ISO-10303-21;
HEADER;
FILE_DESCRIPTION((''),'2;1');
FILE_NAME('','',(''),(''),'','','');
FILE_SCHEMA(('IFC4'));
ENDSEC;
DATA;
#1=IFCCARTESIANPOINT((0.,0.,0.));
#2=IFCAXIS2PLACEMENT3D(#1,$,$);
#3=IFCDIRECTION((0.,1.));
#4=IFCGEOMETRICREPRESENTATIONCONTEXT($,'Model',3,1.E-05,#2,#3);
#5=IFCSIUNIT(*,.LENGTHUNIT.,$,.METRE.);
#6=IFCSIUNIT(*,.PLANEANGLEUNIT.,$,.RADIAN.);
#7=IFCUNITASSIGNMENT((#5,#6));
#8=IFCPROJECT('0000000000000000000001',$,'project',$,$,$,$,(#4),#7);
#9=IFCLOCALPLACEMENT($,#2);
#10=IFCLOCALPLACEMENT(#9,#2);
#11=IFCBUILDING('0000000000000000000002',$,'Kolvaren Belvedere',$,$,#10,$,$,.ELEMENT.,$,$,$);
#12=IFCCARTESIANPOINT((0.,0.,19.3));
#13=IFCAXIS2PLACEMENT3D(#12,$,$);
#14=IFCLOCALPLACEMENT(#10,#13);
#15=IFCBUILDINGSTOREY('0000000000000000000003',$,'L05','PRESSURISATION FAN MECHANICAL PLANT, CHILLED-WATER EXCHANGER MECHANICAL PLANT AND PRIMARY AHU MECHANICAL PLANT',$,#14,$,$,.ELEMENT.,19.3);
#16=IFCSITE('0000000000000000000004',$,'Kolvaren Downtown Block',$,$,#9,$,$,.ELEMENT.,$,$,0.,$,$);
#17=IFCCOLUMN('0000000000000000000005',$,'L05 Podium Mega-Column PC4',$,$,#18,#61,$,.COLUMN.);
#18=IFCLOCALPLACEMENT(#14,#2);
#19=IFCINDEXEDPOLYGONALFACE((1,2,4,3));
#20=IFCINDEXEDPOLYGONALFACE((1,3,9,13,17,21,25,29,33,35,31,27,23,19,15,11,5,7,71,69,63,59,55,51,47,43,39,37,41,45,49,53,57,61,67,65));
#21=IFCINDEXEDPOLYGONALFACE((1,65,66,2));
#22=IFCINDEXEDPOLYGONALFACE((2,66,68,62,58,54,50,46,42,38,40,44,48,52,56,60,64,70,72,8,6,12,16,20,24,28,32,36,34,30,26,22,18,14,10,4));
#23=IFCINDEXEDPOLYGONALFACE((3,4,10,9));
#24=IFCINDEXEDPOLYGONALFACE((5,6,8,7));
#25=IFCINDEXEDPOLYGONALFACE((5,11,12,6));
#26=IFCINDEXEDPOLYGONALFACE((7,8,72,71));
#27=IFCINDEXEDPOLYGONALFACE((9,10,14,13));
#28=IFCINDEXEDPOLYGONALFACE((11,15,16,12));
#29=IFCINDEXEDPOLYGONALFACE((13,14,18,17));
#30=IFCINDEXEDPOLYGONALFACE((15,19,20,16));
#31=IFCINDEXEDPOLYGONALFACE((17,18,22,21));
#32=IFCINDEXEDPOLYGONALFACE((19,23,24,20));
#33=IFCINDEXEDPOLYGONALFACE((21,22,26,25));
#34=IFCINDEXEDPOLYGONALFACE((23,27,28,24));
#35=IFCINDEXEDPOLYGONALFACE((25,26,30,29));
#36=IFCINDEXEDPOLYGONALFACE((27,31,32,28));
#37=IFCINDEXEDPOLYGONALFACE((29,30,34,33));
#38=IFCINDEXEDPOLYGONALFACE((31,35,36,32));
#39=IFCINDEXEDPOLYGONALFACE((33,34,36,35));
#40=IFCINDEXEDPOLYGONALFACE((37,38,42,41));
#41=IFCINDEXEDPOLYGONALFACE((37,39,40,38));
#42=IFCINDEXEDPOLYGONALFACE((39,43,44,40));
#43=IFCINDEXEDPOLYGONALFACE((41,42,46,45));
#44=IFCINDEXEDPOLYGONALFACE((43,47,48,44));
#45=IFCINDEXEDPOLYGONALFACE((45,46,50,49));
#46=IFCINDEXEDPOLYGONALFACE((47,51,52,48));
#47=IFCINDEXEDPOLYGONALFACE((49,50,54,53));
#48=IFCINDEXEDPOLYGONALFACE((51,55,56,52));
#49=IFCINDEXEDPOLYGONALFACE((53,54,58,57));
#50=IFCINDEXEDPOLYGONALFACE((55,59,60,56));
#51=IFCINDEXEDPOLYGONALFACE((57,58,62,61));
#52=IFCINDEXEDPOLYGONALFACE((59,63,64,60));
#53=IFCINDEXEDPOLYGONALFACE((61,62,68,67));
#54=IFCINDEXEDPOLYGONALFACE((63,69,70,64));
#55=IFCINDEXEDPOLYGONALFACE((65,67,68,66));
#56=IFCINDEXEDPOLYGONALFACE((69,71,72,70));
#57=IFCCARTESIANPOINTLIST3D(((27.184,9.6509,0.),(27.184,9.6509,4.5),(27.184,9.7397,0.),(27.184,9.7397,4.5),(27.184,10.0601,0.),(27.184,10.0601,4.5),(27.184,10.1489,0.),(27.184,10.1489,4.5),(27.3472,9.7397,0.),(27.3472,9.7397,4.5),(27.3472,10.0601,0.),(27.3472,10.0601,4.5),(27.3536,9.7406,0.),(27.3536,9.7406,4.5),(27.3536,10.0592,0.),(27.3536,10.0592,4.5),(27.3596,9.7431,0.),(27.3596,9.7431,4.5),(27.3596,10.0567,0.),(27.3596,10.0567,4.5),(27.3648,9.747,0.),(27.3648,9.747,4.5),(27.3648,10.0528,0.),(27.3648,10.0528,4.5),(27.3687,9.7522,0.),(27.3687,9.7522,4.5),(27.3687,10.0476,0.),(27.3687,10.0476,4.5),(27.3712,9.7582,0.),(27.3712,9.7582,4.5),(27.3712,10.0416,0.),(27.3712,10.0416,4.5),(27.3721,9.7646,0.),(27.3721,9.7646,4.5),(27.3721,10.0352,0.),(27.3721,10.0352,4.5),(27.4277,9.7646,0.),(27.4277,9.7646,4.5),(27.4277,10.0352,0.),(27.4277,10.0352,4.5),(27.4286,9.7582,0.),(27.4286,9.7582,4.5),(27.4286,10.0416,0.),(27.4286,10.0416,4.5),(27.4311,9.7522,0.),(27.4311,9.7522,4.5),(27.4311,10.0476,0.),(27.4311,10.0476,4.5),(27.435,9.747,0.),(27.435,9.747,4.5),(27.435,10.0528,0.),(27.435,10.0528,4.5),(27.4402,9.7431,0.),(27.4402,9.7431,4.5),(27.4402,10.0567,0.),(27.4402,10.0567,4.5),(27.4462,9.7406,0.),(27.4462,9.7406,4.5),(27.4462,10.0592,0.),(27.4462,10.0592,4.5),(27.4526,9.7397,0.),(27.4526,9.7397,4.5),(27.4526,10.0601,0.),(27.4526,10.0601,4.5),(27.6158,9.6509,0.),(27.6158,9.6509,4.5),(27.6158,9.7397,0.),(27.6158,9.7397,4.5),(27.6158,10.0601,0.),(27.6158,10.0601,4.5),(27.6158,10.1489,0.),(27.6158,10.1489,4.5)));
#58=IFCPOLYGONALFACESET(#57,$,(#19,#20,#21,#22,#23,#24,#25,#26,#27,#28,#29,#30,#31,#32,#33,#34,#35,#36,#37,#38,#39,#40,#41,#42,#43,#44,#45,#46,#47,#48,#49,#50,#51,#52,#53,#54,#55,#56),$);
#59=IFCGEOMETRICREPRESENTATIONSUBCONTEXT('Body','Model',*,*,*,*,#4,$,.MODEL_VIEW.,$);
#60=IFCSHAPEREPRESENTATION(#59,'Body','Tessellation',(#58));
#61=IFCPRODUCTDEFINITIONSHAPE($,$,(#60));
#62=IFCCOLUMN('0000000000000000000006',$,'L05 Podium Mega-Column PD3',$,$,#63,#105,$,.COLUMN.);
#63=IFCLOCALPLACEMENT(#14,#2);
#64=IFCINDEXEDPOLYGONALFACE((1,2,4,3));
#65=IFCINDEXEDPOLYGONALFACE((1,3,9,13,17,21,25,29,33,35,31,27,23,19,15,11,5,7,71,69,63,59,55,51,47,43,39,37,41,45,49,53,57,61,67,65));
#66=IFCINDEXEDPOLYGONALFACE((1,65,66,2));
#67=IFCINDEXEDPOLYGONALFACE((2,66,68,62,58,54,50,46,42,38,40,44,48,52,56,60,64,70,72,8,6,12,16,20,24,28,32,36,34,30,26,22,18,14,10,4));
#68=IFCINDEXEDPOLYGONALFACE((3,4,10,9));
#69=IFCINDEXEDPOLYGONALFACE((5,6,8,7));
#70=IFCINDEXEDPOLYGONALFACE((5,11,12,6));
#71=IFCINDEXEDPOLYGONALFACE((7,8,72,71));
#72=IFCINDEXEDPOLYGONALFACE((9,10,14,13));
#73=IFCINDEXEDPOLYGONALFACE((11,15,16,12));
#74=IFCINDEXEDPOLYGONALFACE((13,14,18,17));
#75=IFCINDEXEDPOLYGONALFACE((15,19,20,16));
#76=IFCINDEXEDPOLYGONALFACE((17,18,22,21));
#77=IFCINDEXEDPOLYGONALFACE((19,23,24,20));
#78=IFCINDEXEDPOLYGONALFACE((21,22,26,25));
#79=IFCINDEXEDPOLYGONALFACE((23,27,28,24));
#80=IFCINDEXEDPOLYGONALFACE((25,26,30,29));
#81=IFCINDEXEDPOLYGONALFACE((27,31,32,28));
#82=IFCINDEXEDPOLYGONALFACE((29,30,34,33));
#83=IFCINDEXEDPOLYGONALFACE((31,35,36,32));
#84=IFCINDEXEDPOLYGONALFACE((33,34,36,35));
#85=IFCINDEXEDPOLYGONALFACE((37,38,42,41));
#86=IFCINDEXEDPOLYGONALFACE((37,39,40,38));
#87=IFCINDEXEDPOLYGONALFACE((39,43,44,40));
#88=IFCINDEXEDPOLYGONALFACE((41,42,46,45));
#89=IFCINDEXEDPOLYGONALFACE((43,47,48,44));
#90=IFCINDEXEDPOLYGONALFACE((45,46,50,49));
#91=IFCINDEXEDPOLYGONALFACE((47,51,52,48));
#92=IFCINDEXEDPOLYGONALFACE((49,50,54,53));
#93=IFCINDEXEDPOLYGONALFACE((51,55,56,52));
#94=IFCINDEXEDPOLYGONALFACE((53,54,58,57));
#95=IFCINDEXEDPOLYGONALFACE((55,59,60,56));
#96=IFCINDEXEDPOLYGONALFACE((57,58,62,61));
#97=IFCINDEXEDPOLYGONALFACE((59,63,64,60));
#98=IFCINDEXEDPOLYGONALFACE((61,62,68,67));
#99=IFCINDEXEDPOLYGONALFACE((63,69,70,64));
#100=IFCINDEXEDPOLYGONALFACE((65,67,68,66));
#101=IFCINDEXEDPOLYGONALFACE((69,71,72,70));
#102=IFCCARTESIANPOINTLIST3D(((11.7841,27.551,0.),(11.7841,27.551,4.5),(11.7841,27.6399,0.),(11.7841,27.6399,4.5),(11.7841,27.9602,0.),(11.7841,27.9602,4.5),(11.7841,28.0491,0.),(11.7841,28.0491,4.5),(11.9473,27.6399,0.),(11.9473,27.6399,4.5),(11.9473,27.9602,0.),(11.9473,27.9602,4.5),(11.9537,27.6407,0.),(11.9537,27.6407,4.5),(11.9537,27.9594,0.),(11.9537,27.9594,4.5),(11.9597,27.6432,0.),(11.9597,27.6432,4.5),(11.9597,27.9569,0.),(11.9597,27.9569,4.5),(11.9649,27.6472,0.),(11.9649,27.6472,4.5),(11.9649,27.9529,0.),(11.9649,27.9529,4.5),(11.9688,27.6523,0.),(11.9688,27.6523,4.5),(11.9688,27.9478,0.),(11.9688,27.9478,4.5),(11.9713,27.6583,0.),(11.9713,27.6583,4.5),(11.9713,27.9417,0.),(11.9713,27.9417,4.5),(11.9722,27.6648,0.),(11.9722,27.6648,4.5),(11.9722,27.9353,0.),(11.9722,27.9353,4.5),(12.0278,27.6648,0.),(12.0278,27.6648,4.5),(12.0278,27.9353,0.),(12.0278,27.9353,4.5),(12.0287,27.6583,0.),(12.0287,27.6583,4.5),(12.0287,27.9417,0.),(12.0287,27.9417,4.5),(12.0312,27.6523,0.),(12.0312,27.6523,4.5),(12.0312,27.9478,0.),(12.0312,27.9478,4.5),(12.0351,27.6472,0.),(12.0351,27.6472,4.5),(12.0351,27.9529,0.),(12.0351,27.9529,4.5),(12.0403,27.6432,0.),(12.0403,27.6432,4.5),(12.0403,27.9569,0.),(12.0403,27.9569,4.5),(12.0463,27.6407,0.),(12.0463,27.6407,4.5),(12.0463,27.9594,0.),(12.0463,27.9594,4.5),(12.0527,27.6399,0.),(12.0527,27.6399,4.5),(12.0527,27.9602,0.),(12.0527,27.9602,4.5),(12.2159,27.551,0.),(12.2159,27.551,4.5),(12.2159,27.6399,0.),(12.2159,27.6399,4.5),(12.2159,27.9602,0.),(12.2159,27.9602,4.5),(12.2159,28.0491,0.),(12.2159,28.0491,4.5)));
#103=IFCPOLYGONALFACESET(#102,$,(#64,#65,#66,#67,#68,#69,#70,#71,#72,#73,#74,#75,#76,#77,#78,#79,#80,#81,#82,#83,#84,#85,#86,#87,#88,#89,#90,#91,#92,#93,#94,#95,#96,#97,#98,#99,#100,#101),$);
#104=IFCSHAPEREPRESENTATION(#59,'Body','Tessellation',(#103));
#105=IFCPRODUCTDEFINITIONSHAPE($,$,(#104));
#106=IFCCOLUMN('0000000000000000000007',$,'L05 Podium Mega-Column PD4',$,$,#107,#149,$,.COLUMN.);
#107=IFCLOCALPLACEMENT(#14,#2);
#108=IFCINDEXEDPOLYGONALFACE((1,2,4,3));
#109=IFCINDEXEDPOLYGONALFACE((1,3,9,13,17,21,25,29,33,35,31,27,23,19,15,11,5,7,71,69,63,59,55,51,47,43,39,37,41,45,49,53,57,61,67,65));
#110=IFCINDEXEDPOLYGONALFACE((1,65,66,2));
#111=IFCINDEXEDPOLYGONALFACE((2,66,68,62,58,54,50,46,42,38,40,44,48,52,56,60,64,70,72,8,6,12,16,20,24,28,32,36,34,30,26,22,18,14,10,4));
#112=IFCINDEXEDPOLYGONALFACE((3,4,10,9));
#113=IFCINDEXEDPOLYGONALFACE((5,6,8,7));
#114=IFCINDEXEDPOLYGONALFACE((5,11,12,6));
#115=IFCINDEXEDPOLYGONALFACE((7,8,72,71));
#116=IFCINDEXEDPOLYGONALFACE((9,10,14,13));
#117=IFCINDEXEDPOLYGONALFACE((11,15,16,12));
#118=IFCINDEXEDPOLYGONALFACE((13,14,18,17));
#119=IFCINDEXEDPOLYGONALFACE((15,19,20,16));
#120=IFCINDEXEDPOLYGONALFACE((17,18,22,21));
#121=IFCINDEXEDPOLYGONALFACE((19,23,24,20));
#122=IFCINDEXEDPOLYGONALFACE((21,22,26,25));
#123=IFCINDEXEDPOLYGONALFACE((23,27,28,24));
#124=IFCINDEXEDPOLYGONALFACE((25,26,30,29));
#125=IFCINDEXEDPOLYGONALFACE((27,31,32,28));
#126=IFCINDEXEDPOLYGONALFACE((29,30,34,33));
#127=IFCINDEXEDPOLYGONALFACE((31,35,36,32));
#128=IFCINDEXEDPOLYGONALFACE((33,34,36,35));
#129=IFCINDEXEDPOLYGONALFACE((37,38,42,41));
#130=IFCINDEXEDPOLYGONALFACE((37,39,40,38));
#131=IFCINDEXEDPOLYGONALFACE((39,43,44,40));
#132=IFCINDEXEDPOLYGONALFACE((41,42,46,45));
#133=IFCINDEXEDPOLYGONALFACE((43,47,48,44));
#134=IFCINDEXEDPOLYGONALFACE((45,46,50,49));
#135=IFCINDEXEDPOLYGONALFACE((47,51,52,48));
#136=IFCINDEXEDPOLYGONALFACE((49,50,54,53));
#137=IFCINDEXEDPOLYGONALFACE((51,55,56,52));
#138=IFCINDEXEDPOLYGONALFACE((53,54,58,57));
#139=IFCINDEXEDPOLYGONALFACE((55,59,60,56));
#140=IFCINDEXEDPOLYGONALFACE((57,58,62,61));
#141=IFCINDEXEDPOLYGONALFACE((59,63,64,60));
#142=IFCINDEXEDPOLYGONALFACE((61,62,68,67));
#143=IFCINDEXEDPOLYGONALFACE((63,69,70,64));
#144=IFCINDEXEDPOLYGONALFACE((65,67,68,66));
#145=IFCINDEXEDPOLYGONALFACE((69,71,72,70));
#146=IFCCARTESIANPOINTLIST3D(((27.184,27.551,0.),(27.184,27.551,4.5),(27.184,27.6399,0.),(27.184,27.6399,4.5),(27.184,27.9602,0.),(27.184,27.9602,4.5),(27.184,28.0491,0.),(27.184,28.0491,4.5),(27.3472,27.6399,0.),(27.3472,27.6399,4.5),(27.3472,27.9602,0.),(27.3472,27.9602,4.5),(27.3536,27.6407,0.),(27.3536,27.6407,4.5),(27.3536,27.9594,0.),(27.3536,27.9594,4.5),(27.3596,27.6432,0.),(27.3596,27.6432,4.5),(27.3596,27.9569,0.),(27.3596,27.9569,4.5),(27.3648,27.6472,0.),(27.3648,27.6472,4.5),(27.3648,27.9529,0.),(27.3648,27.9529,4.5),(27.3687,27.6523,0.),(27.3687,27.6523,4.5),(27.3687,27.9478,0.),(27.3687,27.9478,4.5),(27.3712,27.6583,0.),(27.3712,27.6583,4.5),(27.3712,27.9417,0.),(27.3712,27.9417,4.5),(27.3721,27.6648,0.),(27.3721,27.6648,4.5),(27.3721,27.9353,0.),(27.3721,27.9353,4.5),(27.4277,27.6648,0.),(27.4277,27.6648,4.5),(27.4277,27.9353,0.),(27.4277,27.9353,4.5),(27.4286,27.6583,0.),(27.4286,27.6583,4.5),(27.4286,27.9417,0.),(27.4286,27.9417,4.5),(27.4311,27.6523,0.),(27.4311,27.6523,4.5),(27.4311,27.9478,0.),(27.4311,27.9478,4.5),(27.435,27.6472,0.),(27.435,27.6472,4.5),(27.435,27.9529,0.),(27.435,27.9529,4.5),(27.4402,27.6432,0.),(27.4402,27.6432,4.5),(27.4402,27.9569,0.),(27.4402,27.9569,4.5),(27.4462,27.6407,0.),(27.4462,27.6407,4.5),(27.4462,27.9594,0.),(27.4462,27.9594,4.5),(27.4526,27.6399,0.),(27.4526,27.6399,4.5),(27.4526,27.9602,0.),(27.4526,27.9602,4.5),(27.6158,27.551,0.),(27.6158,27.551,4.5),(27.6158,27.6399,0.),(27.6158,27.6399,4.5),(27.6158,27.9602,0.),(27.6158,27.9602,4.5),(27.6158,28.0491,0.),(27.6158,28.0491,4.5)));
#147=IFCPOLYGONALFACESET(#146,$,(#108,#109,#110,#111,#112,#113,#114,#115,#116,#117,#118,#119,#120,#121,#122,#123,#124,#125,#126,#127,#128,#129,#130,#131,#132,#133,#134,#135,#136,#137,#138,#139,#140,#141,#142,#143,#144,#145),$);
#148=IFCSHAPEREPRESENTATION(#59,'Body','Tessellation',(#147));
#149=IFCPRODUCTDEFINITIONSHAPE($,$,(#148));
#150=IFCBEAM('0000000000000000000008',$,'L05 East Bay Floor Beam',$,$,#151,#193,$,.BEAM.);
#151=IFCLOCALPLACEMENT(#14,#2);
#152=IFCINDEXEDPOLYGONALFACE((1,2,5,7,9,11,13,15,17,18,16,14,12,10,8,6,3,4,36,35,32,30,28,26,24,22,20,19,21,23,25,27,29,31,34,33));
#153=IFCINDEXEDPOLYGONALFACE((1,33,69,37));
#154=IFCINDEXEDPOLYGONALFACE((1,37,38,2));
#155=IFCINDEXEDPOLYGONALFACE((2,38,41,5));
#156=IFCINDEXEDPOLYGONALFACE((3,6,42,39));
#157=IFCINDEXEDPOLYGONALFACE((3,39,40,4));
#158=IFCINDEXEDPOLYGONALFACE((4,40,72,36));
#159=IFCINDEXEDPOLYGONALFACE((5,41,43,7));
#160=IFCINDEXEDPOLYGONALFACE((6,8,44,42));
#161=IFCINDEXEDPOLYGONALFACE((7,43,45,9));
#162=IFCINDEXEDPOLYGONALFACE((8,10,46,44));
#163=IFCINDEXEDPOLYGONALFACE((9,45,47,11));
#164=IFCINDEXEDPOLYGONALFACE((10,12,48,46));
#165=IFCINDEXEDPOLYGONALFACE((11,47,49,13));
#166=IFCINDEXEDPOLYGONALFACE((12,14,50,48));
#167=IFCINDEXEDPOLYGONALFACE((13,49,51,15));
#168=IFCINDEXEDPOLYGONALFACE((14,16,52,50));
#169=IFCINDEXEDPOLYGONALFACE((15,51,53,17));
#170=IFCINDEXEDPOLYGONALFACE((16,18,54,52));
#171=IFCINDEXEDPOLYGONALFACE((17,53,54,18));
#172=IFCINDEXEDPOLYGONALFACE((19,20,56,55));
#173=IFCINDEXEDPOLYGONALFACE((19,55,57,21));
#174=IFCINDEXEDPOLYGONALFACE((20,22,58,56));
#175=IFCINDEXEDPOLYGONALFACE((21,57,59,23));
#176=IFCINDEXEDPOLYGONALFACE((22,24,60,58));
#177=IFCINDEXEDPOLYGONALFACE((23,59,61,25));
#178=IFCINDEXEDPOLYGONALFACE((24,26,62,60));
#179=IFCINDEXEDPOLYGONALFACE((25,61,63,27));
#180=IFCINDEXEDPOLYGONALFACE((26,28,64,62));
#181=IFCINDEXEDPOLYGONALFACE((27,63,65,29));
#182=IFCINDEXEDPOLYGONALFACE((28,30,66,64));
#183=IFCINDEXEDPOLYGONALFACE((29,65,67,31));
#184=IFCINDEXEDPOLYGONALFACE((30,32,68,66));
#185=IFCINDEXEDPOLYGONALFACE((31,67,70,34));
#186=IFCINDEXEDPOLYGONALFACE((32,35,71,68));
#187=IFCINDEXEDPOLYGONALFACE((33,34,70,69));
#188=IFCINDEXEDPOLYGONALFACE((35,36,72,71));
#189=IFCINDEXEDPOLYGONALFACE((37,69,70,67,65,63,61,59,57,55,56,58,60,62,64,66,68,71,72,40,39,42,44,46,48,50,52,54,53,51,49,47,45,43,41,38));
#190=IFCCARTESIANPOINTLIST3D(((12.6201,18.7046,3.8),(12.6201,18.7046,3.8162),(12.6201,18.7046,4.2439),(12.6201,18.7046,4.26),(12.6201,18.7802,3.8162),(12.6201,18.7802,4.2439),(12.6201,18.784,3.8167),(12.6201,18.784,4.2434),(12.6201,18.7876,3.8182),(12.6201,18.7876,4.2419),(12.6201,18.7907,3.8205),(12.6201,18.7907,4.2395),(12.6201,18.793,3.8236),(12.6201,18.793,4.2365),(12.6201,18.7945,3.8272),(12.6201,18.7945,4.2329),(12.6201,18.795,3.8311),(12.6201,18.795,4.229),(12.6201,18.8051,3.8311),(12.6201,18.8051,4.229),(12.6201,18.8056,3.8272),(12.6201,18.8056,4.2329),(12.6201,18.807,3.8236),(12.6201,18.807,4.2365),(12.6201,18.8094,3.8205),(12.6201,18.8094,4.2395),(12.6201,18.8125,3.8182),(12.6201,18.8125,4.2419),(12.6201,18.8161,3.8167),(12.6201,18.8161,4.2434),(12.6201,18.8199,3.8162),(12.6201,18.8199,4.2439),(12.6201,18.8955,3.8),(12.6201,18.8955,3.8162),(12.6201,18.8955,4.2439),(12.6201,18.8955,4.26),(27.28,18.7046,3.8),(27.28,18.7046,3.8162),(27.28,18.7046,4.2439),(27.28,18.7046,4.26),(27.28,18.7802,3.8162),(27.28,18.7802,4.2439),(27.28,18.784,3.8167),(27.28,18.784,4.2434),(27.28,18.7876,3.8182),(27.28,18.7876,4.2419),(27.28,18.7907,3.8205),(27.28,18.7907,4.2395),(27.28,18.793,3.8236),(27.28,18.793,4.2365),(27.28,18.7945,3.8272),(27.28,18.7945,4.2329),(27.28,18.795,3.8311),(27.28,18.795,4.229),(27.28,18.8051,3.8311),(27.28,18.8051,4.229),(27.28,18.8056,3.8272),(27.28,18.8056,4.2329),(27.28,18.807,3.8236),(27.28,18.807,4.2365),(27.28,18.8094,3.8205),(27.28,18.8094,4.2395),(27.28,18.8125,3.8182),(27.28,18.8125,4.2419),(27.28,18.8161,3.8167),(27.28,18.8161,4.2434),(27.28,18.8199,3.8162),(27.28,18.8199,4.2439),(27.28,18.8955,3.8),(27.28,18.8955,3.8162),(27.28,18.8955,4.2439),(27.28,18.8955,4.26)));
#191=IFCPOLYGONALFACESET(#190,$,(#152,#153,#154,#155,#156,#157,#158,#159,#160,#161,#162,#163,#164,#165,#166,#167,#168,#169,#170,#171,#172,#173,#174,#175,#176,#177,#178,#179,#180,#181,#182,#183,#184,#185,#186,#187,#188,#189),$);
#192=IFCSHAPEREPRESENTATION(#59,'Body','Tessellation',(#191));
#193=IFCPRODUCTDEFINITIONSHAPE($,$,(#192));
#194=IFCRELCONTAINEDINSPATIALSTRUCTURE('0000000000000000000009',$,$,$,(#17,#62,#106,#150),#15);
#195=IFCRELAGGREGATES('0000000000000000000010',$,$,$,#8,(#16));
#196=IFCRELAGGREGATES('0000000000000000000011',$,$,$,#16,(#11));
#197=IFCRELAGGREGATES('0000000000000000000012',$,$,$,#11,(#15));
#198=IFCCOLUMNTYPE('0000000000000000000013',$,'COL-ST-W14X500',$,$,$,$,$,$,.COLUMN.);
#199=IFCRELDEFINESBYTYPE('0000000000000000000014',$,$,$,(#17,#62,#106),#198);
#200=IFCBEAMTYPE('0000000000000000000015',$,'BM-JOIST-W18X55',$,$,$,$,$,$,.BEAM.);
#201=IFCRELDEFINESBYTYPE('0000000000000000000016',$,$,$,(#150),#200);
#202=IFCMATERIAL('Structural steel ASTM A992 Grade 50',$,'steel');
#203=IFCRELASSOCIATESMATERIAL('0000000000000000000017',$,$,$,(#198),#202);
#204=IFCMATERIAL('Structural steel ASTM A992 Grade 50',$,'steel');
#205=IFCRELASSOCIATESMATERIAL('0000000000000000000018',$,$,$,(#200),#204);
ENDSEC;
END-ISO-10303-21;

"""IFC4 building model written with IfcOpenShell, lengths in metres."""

from ifc_helpers import new_model, si_unit, direction, frame, origin, origin_2d, place, context, subcontext, project, spatial, i_section, extrude, material, material_profile, profile_set, type_object, element, save


model = new_model("IFC4")

# Units and contexts
model_context = context("Model", 3, precision=1e-05, world=origin(), true_north=direction((0.0, 1.0)))
body_context = subcontext(model_context, "Body", "Model", "MODEL_VIEW")
ifc_project = project(units=[si_unit("LENGTHUNIT", "METRE"), si_unit("PLANEANGLEUNIT", "RADIAN")], contexts=[model_context])

# Site, building, storey
site_placement = place(None, origin())
site = spatial("IfcSite", under=ifc_project, at=site_placement, Name="Kolvaren Downtown Block", CompositionType="ELEMENT", RefElevation=0.0)
building_placement = place(site_placement, origin())
building = spatial("IfcBuilding", under=site, at=building_placement, Name="Kolvaren Belvedere", CompositionType="ELEMENT")
storey_placement = place(building_placement, frame((0.0, 0.0, 19.3)))
storey = spatial("IfcBuildingStorey", under=building, at=storey_placement, Name="L05", Description="PRESSURISATION FAN MECHANICAL PLANT, CHILLED-WATER EXCHANGER MECHANICAL PLANT AND PRIMARY AHU MECHANICAL PLANT", CompositionType="ELEMENT", Elevation=19.3)

# Columns
ifc_material_1 = material(Name="Structural steel ASTM A992 Grade 50", Category="steel")
ifc_material_profile_1 = material_profile(ifc_material_1, i_section(OverallWidth=0.4319, OverallDepth=0.498, WebThickness=0.0557, FlangeThickness=0.0889, FilletRadius=0.0249, at=origin_2d()), Name="W14X500")
ifc_profile_set_1 = profile_set([ifc_material_profile_1], Name="Structural steel ASTM A992 Grade 50")
column_type = type_object("IfcColumnType", Name="COL-ST-W14X500", PredefinedType="COLUMN", material=ifc_profile_set_1)
for number, where, z_axis, x_axis, name in (
    (1, (27.3999, 9.8999, 0.0), (0.0, 0.0, 1.0), (1.0, 0.0, 0.0), "L05 Podium Mega-Column PC4"),
    (2, (12.0, 27.8, 0.0), (0.0, 0.0, 1.0), (1.0, 0.0, 0.0), "L05 Podium Mega-Column PD3"),
    (3, (27.3999, 27.8, 0.0), (0.0, 0.0, 1.0), (1.0, 0.0, 0.0), "L05 Podium Mega-Column PD4"),
):
    element("IfcColumn", number, at=place(storey_placement, frame(where, z_axis=z_axis, x_axis=x_axis)), inside=storey, type_object=column_type, Name=name, PredefinedType="COLUMN", context=body_context, shape_type="SweptSolid", body=[
        extrude(i_section(OverallWidth=0.4319, OverallDepth=0.498, WebThickness=0.0557, FlangeThickness=0.0889, FilletRadius=0.0249, at=origin_2d()), origin(), (0.0, 0.0, 1.0), 4.5),
    ])

# Beam
ifc_material_2 = material(Name="Structural steel ASTM A992 Grade 50", Category="steel")
ifc_material_profile_2 = material_profile(ifc_material_2, i_section(OverallWidth=0.1909, OverallDepth=0.46, WebThickness=0.01, FlangeThickness=0.0161, FilletRadius=0.0149, at=origin_2d()), Name="W18X55")
ifc_profile_set_2 = profile_set([ifc_material_profile_2], Name="Structural steel ASTM A992 Grade 50")
beam_type_1 = type_object("IfcBeamType", Name="BM-JOIST-W18X55", PredefinedType="BEAM", material=ifc_profile_set_2)
beam_1_placement = place(storey_placement, frame((12.6201, 18.8, 4.03), z_axis=(1.0, 0.0, 0.0), x_axis=(0.0, 1.0, 0.0)))
element("IfcBeam", 4, at=beam_1_placement, inside=storey, type_object=beam_type_1, Name="L05 East Bay Floor Beam", PredefinedType="BEAM", context=body_context, shape_type="SweptSolid", body=[
    extrude(i_section(OverallWidth=0.1909, OverallDepth=0.46, WebThickness=0.01, FlangeThickness=0.0161, FilletRadius=0.0149, at=origin_2d()), origin(), (0.0, 0.0, 1.0), 14.6599),
])

save(model, "model.ifc")
